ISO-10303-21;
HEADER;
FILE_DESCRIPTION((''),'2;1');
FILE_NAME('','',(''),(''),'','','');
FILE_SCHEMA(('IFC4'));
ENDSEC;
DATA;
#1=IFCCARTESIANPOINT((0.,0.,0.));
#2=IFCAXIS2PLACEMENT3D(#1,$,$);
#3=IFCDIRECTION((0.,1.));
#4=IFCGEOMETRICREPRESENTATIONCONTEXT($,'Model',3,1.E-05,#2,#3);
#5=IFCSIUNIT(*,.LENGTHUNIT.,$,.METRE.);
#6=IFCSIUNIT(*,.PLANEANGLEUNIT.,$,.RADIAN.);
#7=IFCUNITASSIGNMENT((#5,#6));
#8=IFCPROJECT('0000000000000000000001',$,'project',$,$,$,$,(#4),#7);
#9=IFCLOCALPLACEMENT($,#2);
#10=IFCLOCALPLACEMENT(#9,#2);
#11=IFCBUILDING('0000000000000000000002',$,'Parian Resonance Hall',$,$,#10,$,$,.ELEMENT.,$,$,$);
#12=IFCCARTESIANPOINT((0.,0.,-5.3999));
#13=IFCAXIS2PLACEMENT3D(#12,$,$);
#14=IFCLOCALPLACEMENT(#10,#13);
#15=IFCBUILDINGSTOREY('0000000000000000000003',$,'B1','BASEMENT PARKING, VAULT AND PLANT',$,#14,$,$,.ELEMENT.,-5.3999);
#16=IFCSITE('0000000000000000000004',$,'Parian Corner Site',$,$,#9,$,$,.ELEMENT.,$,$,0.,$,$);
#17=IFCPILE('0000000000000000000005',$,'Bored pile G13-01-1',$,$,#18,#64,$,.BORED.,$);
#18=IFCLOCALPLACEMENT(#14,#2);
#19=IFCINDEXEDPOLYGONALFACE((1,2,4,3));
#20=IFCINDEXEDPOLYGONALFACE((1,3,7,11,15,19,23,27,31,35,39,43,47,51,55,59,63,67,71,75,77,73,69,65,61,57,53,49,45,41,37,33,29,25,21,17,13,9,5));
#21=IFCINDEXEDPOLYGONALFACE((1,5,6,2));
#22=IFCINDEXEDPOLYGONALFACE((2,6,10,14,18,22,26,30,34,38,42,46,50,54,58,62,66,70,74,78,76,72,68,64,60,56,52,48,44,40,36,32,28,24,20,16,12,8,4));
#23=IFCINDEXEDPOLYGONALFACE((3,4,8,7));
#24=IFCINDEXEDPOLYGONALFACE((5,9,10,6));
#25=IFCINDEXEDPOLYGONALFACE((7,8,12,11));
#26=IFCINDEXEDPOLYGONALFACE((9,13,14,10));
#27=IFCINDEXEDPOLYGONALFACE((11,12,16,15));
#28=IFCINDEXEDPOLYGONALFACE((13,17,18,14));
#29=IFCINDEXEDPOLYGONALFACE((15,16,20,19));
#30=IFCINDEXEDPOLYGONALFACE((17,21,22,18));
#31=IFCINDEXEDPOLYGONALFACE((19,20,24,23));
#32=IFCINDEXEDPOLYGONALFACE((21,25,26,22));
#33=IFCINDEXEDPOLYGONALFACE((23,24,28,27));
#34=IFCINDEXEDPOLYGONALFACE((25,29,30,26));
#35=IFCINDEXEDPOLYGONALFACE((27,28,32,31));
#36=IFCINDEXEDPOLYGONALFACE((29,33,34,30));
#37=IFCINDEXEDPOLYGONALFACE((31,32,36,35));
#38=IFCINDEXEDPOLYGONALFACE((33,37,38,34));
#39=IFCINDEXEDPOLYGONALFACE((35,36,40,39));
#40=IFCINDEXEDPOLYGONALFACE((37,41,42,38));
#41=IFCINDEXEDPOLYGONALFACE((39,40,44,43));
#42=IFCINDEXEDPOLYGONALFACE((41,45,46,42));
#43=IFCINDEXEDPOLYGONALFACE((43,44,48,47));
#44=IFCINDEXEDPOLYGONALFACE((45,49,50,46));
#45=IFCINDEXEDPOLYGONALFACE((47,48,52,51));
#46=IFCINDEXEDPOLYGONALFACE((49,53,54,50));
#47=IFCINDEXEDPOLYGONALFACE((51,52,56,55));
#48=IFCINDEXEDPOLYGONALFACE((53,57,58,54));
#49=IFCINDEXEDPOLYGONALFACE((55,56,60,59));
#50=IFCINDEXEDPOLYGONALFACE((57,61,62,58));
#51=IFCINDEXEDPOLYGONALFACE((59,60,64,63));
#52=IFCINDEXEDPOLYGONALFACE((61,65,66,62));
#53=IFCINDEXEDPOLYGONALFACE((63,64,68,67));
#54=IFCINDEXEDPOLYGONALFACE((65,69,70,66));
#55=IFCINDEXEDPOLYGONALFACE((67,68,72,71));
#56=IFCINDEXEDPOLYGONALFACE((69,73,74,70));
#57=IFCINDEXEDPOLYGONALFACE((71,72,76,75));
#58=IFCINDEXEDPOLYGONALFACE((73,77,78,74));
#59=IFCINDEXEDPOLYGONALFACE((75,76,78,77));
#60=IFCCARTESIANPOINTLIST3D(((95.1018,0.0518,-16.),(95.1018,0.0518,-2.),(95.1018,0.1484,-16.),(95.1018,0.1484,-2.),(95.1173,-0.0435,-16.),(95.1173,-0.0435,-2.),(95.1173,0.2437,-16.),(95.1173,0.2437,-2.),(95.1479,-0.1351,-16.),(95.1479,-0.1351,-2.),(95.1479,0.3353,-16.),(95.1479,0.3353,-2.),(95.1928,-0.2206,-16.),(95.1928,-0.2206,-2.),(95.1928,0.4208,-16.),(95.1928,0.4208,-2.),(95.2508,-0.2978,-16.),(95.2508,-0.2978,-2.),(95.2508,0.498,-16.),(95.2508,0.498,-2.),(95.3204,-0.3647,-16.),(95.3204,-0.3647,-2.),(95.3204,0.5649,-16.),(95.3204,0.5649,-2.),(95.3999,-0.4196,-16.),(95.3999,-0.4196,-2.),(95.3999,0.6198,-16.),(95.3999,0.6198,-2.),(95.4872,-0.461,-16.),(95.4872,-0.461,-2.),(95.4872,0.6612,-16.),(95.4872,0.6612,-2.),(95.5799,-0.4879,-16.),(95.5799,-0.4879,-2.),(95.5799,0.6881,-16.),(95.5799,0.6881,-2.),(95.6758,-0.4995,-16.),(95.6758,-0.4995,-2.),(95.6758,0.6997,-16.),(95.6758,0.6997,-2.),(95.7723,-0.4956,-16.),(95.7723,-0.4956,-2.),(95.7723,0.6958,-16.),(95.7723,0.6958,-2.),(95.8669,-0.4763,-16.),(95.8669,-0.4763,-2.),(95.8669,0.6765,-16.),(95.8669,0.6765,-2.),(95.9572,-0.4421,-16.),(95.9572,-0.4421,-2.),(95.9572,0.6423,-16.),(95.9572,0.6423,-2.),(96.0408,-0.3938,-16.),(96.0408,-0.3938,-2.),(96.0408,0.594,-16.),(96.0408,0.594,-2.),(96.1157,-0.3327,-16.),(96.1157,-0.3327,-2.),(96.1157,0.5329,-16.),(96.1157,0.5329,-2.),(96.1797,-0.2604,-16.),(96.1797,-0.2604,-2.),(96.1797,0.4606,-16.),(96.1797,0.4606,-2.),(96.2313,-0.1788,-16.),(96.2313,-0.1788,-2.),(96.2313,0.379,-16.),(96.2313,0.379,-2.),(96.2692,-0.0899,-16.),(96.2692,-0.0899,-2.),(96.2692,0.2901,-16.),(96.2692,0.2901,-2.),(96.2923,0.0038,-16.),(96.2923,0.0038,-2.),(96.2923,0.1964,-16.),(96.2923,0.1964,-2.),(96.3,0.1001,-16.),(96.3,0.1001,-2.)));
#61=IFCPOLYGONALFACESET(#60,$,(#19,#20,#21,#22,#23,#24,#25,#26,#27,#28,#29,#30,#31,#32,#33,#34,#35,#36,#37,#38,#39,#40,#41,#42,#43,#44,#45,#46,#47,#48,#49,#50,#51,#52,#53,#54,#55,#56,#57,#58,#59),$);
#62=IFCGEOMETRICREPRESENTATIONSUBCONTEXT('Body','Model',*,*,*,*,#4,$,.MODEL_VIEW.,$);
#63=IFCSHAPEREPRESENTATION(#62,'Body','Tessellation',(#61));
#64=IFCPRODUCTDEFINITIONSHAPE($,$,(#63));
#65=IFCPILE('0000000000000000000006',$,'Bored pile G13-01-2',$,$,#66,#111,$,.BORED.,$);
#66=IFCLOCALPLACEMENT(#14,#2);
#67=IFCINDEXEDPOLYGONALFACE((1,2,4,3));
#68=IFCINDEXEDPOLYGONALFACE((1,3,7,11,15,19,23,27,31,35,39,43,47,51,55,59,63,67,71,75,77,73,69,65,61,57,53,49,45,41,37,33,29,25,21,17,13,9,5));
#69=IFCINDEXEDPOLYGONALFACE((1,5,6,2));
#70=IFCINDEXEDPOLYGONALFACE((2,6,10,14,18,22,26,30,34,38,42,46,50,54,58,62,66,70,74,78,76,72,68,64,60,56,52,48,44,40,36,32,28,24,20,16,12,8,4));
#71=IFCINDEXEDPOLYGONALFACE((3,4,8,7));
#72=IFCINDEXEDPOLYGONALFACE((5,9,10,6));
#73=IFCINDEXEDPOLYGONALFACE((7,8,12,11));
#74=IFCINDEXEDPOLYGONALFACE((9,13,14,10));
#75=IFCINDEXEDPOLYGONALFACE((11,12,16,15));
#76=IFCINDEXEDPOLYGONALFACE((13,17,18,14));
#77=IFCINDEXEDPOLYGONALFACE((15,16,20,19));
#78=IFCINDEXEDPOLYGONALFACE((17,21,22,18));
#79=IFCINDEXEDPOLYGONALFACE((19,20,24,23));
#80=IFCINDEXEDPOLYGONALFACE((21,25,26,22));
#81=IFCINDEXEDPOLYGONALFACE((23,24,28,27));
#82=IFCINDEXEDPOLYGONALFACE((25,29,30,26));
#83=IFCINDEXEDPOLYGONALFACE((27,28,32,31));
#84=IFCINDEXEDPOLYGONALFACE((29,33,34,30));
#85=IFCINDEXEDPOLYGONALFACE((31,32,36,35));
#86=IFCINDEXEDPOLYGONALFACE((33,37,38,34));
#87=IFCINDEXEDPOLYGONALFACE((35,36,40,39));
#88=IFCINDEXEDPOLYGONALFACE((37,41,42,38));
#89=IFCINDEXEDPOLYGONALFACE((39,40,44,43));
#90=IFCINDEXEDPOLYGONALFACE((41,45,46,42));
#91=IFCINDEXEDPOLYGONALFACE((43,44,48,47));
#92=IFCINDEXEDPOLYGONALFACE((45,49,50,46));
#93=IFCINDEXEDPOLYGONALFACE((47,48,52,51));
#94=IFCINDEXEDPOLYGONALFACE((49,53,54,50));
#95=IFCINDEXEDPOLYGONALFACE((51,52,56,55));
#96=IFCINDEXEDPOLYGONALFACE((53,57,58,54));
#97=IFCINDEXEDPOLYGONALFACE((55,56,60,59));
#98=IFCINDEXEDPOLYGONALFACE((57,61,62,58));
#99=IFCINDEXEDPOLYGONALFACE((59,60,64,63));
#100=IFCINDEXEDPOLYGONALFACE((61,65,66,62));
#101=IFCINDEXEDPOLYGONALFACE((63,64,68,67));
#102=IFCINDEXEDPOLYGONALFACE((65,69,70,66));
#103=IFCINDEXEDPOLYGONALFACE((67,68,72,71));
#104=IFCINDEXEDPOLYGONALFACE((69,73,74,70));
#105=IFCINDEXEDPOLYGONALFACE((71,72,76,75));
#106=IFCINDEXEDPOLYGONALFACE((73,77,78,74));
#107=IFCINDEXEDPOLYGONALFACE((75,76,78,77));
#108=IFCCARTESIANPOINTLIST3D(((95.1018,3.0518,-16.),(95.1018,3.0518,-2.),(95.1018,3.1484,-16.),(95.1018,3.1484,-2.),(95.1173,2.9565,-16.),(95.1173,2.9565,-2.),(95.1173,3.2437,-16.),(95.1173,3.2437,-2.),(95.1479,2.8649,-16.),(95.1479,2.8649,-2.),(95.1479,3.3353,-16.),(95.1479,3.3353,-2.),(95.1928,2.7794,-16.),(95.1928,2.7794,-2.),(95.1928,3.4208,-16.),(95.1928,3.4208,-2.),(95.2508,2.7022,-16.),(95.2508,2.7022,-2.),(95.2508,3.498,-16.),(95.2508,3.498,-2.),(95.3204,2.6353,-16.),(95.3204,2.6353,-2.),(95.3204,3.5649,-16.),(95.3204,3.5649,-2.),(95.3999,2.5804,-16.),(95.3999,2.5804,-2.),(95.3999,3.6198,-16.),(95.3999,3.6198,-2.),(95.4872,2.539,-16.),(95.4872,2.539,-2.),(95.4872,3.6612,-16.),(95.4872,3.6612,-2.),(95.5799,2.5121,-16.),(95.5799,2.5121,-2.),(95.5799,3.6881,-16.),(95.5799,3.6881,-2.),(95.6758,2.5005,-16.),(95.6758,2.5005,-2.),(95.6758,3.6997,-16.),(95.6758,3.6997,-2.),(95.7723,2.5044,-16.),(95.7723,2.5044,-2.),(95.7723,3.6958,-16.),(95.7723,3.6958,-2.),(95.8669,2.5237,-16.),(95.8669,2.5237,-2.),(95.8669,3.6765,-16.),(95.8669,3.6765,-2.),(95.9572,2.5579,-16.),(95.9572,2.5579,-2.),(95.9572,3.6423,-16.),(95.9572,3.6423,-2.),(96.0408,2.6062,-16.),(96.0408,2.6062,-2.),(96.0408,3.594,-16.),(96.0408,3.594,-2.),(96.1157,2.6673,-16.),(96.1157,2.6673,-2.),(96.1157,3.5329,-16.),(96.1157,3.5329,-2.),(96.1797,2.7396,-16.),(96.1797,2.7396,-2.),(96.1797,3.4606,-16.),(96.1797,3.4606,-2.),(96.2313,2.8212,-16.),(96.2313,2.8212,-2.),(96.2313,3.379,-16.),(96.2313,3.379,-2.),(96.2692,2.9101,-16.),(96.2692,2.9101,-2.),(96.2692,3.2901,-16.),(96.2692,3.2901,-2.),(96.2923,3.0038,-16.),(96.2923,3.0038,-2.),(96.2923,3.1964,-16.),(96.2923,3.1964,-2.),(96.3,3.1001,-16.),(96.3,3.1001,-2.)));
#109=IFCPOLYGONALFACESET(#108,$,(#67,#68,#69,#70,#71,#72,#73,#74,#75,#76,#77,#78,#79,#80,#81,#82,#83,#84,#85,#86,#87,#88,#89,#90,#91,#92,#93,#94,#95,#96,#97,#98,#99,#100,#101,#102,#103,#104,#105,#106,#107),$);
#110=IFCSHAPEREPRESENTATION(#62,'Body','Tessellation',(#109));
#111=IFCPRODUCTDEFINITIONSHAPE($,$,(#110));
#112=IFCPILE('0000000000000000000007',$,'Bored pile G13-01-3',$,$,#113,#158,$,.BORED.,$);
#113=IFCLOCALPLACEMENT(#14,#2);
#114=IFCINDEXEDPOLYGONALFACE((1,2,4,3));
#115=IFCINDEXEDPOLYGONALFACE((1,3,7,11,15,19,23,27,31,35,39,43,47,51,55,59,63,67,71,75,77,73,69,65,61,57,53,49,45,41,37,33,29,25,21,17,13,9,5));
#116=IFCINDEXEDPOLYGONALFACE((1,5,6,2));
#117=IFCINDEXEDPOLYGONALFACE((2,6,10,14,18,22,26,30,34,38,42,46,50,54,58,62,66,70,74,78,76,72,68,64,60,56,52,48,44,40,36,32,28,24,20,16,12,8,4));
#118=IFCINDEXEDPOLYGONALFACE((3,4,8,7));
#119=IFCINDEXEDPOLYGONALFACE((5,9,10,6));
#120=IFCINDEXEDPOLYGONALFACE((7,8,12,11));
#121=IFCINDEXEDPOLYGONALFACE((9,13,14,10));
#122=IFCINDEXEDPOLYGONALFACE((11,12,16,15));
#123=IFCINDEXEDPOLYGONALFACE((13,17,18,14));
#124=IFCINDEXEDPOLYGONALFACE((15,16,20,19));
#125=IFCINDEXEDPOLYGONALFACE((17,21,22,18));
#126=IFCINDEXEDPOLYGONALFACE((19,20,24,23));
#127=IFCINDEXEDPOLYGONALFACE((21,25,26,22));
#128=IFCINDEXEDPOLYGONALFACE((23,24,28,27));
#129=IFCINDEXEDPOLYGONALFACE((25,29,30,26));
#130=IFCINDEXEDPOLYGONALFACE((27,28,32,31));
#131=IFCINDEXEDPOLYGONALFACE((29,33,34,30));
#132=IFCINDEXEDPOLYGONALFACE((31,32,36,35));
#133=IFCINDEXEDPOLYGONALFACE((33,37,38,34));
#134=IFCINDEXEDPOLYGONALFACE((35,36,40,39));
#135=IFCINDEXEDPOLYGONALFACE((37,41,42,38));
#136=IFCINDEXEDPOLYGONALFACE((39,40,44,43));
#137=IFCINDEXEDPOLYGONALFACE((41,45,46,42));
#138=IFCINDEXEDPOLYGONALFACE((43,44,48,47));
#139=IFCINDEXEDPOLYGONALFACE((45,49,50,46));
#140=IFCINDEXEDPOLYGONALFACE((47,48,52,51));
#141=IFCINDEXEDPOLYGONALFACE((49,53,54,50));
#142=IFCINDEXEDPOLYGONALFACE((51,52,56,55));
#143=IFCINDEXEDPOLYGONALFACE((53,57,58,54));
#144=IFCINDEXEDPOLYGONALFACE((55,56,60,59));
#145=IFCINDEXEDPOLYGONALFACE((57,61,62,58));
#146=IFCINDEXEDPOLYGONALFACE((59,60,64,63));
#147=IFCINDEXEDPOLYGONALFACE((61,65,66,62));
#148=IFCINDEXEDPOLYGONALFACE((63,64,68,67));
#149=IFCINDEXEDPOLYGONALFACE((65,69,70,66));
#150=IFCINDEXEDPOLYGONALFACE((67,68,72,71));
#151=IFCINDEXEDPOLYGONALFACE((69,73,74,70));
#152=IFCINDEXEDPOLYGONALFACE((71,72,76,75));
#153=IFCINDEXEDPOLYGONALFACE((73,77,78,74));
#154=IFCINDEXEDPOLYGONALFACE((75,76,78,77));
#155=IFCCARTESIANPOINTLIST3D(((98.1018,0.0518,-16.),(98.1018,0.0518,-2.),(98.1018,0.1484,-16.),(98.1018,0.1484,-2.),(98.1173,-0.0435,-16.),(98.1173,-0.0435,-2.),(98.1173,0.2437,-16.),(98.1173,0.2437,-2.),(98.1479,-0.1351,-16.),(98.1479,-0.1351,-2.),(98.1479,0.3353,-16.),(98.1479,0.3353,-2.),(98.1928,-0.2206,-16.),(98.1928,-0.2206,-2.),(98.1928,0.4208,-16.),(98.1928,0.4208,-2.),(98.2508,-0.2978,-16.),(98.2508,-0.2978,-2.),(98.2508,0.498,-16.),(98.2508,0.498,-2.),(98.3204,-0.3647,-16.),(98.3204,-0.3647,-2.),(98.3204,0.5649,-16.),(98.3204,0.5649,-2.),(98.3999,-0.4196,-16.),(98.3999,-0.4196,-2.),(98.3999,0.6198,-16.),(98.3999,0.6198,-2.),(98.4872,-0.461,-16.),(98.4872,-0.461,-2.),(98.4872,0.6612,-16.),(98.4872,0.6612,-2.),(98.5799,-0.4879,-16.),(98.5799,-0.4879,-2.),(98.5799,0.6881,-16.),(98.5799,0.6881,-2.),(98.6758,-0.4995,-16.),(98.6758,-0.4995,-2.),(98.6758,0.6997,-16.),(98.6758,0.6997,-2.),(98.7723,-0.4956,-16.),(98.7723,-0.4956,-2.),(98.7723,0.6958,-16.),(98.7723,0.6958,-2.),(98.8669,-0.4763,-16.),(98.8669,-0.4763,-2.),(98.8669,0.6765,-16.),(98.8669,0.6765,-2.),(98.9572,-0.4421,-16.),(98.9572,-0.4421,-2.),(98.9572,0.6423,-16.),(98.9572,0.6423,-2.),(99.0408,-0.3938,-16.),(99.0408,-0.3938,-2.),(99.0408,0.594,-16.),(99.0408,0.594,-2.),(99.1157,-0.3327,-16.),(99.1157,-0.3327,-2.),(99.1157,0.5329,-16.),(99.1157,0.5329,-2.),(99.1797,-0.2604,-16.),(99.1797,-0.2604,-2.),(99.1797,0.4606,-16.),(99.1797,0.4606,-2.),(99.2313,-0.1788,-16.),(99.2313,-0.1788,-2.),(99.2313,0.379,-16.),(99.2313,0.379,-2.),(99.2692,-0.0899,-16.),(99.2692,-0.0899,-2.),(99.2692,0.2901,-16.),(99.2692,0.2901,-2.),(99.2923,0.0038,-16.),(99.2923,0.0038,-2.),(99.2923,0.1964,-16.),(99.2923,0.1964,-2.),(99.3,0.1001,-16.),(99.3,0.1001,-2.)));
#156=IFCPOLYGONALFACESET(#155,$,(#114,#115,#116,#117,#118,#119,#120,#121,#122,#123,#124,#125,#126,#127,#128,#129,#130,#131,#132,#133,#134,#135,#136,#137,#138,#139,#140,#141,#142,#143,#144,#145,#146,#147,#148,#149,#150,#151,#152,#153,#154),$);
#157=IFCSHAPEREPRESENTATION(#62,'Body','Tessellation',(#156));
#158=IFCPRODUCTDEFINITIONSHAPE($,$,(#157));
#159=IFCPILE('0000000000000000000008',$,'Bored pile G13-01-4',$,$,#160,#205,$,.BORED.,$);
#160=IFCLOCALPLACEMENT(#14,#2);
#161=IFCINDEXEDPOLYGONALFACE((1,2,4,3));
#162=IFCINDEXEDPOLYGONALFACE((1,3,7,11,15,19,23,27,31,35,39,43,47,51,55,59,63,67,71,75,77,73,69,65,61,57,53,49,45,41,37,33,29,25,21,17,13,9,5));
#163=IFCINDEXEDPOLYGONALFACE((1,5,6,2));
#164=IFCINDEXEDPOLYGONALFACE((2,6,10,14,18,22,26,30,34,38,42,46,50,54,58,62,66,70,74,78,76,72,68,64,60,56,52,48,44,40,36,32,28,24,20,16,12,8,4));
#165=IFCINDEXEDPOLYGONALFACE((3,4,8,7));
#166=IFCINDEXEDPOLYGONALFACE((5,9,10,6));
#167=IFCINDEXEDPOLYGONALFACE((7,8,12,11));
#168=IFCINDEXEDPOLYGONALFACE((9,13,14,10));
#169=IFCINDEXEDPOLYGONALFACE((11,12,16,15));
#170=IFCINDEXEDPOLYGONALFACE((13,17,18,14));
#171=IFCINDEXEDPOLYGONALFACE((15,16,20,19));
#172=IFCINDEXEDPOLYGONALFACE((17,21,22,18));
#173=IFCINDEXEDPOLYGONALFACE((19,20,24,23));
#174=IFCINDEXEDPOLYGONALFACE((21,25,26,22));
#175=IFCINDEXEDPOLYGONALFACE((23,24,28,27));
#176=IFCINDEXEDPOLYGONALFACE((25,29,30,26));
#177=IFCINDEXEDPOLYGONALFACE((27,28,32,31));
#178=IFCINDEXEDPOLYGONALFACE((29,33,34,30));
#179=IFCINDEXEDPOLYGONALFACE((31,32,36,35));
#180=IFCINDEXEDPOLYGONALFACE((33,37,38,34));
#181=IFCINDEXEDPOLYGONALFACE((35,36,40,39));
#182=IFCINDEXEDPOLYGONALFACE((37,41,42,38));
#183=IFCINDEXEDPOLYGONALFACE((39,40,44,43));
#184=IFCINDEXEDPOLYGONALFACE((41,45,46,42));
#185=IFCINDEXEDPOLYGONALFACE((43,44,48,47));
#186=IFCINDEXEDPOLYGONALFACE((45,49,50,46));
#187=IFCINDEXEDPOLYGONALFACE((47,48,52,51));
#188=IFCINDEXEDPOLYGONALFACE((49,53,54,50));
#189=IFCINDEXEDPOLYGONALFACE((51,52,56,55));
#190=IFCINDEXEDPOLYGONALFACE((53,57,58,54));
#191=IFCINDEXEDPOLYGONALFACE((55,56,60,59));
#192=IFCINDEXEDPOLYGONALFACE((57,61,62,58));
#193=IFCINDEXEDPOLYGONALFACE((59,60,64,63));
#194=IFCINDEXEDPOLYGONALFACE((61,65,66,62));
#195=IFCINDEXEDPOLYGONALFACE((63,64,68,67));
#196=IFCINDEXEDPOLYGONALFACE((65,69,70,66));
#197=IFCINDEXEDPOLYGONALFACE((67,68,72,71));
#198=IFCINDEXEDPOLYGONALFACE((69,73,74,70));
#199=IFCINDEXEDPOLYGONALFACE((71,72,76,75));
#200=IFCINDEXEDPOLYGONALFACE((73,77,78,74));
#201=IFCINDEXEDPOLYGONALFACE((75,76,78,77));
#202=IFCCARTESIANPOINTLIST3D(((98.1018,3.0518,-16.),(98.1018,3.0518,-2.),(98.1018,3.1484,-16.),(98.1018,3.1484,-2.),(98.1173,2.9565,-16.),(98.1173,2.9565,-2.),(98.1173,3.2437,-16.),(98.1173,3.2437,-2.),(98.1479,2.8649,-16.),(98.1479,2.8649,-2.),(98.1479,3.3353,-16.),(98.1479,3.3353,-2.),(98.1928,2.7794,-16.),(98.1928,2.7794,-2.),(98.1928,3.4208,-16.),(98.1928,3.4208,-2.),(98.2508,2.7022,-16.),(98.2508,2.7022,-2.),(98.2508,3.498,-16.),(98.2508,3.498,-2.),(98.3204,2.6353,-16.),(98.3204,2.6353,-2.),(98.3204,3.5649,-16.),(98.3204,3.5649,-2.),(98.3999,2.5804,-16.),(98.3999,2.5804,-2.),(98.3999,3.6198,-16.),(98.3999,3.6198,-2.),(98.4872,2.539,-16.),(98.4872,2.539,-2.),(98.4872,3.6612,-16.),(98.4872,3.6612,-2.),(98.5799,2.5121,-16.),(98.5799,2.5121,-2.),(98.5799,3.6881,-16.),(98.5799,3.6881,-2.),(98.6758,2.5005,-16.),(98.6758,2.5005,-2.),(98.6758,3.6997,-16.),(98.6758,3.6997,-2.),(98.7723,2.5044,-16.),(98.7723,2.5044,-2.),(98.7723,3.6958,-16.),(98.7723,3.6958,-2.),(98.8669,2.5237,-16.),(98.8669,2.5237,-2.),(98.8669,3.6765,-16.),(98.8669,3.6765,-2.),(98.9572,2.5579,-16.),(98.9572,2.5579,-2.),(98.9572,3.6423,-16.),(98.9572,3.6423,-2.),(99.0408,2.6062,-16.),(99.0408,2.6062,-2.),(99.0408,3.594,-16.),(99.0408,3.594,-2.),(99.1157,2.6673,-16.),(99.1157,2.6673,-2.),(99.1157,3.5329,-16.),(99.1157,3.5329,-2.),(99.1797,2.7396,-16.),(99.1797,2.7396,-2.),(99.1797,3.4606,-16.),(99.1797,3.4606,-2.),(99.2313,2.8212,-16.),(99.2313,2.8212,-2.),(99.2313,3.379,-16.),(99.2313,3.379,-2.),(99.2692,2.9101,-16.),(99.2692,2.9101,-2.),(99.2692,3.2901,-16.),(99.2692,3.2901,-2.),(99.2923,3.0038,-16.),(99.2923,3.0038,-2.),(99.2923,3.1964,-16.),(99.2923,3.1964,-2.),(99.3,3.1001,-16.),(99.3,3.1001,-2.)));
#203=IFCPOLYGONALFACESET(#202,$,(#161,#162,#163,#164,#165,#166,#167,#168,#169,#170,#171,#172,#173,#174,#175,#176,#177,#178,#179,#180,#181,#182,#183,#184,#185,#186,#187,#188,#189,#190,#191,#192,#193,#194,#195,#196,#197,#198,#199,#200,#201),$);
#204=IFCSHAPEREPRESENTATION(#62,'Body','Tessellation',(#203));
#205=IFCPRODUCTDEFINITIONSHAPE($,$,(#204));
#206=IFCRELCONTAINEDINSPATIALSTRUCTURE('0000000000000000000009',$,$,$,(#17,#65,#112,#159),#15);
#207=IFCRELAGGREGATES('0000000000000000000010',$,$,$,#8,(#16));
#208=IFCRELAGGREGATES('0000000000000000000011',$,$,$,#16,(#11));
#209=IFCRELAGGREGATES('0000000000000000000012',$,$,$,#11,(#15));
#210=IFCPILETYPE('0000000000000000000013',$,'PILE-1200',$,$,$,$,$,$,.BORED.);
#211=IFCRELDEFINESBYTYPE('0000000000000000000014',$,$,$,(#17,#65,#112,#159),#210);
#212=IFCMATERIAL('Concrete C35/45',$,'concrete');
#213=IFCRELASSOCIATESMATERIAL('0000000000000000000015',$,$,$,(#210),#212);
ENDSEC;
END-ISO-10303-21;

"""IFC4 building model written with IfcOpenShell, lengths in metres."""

from ifc_helpers import new_model, si_unit, direction, frame, origin, origin_2d, place, context, subcontext, project, spatial, circle, extrude, material, material_profile, profile_set, type_object, element, save


model = new_model("IFC4")

# Units and contexts
model_context = context("Model", 3, precision=1e-05, world=origin(), true_north=direction((0.0, 1.0)))
body_context = subcontext(model_context, "Body", "Model", "MODEL_VIEW")
ifc_project = project(units=[si_unit("LENGTHUNIT", "METRE"), si_unit("PLANEANGLEUNIT", "RADIAN")], contexts=[model_context])

# Site, building, storey
site_placement = place(None, origin())
site = spatial("IfcSite", under=ifc_project, at=site_placement, Name="Parian Corner Site", CompositionType="ELEMENT", RefElevation=0.0)
building_placement = place(site_placement, origin())
building = spatial("IfcBuilding", under=site, at=building_placement, Name="Parian Resonance Hall", CompositionType="ELEMENT")
storey_placement = place(building_placement, frame((0.0, 0.0, -5.3999)))
storey = spatial("IfcBuildingStorey", under=building, at=storey_placement, Name="B1", Description="BASEMENT PARKING, VAULT AND PLANT", CompositionType="ELEMENT", Elevation=-5.3999)

# Piles
ifc_material_1 = material(Name="Concrete C35/45", Category="concrete")
ifc_material_profile_1 = material_profile(ifc_material_1, circle(Radius=0.6001, at=origin_2d()), Name="PILE-D1200")
ifc_profile_set_1 = profile_set([ifc_material_profile_1], Name="Concrete C35/45")
pile_type_1 = type_object("IfcPileType", Name="PILE-1200", PredefinedType="BORED", material=ifc_profile_set_1)
for number, where, z_axis, x_axis, name in (
    (1, (95.7, 0.1001, -2.0), (0.0, 0.0, -1.0), (1.0, 0.0, 0.0), "Bored pile G13-01-1"),
    (2, (95.7, 3.1001, -2.0), (0.0, 0.0, -1.0), (1.0, 0.0, 0.0), "Bored pile G13-01-2"),
    (3, (98.7, 0.1001, -2.0), (0.0, 0.0, -1.0), (1.0, 0.0, 0.0), "Bored pile G13-01-3"),
    (4, (98.7, 3.1001, -2.0), (0.0, 0.0, -1.0), (1.0, 0.0, 0.0), "Bored pile G13-01-4"),
):
    element("IfcPile", number, at=place(storey_placement, frame(where, z_axis=z_axis, x_axis=x_axis)), inside=storey, type_object=pile_type_1, Name=name, PredefinedType="BORED", context=body_context, shape_type="SweptSolid", body=[
        extrude(circle(Radius=0.6001, at=origin_2d()), origin(), (0.0, 0.0, 1.0), 14.0),
    ])

save(model, "model.ifc")
